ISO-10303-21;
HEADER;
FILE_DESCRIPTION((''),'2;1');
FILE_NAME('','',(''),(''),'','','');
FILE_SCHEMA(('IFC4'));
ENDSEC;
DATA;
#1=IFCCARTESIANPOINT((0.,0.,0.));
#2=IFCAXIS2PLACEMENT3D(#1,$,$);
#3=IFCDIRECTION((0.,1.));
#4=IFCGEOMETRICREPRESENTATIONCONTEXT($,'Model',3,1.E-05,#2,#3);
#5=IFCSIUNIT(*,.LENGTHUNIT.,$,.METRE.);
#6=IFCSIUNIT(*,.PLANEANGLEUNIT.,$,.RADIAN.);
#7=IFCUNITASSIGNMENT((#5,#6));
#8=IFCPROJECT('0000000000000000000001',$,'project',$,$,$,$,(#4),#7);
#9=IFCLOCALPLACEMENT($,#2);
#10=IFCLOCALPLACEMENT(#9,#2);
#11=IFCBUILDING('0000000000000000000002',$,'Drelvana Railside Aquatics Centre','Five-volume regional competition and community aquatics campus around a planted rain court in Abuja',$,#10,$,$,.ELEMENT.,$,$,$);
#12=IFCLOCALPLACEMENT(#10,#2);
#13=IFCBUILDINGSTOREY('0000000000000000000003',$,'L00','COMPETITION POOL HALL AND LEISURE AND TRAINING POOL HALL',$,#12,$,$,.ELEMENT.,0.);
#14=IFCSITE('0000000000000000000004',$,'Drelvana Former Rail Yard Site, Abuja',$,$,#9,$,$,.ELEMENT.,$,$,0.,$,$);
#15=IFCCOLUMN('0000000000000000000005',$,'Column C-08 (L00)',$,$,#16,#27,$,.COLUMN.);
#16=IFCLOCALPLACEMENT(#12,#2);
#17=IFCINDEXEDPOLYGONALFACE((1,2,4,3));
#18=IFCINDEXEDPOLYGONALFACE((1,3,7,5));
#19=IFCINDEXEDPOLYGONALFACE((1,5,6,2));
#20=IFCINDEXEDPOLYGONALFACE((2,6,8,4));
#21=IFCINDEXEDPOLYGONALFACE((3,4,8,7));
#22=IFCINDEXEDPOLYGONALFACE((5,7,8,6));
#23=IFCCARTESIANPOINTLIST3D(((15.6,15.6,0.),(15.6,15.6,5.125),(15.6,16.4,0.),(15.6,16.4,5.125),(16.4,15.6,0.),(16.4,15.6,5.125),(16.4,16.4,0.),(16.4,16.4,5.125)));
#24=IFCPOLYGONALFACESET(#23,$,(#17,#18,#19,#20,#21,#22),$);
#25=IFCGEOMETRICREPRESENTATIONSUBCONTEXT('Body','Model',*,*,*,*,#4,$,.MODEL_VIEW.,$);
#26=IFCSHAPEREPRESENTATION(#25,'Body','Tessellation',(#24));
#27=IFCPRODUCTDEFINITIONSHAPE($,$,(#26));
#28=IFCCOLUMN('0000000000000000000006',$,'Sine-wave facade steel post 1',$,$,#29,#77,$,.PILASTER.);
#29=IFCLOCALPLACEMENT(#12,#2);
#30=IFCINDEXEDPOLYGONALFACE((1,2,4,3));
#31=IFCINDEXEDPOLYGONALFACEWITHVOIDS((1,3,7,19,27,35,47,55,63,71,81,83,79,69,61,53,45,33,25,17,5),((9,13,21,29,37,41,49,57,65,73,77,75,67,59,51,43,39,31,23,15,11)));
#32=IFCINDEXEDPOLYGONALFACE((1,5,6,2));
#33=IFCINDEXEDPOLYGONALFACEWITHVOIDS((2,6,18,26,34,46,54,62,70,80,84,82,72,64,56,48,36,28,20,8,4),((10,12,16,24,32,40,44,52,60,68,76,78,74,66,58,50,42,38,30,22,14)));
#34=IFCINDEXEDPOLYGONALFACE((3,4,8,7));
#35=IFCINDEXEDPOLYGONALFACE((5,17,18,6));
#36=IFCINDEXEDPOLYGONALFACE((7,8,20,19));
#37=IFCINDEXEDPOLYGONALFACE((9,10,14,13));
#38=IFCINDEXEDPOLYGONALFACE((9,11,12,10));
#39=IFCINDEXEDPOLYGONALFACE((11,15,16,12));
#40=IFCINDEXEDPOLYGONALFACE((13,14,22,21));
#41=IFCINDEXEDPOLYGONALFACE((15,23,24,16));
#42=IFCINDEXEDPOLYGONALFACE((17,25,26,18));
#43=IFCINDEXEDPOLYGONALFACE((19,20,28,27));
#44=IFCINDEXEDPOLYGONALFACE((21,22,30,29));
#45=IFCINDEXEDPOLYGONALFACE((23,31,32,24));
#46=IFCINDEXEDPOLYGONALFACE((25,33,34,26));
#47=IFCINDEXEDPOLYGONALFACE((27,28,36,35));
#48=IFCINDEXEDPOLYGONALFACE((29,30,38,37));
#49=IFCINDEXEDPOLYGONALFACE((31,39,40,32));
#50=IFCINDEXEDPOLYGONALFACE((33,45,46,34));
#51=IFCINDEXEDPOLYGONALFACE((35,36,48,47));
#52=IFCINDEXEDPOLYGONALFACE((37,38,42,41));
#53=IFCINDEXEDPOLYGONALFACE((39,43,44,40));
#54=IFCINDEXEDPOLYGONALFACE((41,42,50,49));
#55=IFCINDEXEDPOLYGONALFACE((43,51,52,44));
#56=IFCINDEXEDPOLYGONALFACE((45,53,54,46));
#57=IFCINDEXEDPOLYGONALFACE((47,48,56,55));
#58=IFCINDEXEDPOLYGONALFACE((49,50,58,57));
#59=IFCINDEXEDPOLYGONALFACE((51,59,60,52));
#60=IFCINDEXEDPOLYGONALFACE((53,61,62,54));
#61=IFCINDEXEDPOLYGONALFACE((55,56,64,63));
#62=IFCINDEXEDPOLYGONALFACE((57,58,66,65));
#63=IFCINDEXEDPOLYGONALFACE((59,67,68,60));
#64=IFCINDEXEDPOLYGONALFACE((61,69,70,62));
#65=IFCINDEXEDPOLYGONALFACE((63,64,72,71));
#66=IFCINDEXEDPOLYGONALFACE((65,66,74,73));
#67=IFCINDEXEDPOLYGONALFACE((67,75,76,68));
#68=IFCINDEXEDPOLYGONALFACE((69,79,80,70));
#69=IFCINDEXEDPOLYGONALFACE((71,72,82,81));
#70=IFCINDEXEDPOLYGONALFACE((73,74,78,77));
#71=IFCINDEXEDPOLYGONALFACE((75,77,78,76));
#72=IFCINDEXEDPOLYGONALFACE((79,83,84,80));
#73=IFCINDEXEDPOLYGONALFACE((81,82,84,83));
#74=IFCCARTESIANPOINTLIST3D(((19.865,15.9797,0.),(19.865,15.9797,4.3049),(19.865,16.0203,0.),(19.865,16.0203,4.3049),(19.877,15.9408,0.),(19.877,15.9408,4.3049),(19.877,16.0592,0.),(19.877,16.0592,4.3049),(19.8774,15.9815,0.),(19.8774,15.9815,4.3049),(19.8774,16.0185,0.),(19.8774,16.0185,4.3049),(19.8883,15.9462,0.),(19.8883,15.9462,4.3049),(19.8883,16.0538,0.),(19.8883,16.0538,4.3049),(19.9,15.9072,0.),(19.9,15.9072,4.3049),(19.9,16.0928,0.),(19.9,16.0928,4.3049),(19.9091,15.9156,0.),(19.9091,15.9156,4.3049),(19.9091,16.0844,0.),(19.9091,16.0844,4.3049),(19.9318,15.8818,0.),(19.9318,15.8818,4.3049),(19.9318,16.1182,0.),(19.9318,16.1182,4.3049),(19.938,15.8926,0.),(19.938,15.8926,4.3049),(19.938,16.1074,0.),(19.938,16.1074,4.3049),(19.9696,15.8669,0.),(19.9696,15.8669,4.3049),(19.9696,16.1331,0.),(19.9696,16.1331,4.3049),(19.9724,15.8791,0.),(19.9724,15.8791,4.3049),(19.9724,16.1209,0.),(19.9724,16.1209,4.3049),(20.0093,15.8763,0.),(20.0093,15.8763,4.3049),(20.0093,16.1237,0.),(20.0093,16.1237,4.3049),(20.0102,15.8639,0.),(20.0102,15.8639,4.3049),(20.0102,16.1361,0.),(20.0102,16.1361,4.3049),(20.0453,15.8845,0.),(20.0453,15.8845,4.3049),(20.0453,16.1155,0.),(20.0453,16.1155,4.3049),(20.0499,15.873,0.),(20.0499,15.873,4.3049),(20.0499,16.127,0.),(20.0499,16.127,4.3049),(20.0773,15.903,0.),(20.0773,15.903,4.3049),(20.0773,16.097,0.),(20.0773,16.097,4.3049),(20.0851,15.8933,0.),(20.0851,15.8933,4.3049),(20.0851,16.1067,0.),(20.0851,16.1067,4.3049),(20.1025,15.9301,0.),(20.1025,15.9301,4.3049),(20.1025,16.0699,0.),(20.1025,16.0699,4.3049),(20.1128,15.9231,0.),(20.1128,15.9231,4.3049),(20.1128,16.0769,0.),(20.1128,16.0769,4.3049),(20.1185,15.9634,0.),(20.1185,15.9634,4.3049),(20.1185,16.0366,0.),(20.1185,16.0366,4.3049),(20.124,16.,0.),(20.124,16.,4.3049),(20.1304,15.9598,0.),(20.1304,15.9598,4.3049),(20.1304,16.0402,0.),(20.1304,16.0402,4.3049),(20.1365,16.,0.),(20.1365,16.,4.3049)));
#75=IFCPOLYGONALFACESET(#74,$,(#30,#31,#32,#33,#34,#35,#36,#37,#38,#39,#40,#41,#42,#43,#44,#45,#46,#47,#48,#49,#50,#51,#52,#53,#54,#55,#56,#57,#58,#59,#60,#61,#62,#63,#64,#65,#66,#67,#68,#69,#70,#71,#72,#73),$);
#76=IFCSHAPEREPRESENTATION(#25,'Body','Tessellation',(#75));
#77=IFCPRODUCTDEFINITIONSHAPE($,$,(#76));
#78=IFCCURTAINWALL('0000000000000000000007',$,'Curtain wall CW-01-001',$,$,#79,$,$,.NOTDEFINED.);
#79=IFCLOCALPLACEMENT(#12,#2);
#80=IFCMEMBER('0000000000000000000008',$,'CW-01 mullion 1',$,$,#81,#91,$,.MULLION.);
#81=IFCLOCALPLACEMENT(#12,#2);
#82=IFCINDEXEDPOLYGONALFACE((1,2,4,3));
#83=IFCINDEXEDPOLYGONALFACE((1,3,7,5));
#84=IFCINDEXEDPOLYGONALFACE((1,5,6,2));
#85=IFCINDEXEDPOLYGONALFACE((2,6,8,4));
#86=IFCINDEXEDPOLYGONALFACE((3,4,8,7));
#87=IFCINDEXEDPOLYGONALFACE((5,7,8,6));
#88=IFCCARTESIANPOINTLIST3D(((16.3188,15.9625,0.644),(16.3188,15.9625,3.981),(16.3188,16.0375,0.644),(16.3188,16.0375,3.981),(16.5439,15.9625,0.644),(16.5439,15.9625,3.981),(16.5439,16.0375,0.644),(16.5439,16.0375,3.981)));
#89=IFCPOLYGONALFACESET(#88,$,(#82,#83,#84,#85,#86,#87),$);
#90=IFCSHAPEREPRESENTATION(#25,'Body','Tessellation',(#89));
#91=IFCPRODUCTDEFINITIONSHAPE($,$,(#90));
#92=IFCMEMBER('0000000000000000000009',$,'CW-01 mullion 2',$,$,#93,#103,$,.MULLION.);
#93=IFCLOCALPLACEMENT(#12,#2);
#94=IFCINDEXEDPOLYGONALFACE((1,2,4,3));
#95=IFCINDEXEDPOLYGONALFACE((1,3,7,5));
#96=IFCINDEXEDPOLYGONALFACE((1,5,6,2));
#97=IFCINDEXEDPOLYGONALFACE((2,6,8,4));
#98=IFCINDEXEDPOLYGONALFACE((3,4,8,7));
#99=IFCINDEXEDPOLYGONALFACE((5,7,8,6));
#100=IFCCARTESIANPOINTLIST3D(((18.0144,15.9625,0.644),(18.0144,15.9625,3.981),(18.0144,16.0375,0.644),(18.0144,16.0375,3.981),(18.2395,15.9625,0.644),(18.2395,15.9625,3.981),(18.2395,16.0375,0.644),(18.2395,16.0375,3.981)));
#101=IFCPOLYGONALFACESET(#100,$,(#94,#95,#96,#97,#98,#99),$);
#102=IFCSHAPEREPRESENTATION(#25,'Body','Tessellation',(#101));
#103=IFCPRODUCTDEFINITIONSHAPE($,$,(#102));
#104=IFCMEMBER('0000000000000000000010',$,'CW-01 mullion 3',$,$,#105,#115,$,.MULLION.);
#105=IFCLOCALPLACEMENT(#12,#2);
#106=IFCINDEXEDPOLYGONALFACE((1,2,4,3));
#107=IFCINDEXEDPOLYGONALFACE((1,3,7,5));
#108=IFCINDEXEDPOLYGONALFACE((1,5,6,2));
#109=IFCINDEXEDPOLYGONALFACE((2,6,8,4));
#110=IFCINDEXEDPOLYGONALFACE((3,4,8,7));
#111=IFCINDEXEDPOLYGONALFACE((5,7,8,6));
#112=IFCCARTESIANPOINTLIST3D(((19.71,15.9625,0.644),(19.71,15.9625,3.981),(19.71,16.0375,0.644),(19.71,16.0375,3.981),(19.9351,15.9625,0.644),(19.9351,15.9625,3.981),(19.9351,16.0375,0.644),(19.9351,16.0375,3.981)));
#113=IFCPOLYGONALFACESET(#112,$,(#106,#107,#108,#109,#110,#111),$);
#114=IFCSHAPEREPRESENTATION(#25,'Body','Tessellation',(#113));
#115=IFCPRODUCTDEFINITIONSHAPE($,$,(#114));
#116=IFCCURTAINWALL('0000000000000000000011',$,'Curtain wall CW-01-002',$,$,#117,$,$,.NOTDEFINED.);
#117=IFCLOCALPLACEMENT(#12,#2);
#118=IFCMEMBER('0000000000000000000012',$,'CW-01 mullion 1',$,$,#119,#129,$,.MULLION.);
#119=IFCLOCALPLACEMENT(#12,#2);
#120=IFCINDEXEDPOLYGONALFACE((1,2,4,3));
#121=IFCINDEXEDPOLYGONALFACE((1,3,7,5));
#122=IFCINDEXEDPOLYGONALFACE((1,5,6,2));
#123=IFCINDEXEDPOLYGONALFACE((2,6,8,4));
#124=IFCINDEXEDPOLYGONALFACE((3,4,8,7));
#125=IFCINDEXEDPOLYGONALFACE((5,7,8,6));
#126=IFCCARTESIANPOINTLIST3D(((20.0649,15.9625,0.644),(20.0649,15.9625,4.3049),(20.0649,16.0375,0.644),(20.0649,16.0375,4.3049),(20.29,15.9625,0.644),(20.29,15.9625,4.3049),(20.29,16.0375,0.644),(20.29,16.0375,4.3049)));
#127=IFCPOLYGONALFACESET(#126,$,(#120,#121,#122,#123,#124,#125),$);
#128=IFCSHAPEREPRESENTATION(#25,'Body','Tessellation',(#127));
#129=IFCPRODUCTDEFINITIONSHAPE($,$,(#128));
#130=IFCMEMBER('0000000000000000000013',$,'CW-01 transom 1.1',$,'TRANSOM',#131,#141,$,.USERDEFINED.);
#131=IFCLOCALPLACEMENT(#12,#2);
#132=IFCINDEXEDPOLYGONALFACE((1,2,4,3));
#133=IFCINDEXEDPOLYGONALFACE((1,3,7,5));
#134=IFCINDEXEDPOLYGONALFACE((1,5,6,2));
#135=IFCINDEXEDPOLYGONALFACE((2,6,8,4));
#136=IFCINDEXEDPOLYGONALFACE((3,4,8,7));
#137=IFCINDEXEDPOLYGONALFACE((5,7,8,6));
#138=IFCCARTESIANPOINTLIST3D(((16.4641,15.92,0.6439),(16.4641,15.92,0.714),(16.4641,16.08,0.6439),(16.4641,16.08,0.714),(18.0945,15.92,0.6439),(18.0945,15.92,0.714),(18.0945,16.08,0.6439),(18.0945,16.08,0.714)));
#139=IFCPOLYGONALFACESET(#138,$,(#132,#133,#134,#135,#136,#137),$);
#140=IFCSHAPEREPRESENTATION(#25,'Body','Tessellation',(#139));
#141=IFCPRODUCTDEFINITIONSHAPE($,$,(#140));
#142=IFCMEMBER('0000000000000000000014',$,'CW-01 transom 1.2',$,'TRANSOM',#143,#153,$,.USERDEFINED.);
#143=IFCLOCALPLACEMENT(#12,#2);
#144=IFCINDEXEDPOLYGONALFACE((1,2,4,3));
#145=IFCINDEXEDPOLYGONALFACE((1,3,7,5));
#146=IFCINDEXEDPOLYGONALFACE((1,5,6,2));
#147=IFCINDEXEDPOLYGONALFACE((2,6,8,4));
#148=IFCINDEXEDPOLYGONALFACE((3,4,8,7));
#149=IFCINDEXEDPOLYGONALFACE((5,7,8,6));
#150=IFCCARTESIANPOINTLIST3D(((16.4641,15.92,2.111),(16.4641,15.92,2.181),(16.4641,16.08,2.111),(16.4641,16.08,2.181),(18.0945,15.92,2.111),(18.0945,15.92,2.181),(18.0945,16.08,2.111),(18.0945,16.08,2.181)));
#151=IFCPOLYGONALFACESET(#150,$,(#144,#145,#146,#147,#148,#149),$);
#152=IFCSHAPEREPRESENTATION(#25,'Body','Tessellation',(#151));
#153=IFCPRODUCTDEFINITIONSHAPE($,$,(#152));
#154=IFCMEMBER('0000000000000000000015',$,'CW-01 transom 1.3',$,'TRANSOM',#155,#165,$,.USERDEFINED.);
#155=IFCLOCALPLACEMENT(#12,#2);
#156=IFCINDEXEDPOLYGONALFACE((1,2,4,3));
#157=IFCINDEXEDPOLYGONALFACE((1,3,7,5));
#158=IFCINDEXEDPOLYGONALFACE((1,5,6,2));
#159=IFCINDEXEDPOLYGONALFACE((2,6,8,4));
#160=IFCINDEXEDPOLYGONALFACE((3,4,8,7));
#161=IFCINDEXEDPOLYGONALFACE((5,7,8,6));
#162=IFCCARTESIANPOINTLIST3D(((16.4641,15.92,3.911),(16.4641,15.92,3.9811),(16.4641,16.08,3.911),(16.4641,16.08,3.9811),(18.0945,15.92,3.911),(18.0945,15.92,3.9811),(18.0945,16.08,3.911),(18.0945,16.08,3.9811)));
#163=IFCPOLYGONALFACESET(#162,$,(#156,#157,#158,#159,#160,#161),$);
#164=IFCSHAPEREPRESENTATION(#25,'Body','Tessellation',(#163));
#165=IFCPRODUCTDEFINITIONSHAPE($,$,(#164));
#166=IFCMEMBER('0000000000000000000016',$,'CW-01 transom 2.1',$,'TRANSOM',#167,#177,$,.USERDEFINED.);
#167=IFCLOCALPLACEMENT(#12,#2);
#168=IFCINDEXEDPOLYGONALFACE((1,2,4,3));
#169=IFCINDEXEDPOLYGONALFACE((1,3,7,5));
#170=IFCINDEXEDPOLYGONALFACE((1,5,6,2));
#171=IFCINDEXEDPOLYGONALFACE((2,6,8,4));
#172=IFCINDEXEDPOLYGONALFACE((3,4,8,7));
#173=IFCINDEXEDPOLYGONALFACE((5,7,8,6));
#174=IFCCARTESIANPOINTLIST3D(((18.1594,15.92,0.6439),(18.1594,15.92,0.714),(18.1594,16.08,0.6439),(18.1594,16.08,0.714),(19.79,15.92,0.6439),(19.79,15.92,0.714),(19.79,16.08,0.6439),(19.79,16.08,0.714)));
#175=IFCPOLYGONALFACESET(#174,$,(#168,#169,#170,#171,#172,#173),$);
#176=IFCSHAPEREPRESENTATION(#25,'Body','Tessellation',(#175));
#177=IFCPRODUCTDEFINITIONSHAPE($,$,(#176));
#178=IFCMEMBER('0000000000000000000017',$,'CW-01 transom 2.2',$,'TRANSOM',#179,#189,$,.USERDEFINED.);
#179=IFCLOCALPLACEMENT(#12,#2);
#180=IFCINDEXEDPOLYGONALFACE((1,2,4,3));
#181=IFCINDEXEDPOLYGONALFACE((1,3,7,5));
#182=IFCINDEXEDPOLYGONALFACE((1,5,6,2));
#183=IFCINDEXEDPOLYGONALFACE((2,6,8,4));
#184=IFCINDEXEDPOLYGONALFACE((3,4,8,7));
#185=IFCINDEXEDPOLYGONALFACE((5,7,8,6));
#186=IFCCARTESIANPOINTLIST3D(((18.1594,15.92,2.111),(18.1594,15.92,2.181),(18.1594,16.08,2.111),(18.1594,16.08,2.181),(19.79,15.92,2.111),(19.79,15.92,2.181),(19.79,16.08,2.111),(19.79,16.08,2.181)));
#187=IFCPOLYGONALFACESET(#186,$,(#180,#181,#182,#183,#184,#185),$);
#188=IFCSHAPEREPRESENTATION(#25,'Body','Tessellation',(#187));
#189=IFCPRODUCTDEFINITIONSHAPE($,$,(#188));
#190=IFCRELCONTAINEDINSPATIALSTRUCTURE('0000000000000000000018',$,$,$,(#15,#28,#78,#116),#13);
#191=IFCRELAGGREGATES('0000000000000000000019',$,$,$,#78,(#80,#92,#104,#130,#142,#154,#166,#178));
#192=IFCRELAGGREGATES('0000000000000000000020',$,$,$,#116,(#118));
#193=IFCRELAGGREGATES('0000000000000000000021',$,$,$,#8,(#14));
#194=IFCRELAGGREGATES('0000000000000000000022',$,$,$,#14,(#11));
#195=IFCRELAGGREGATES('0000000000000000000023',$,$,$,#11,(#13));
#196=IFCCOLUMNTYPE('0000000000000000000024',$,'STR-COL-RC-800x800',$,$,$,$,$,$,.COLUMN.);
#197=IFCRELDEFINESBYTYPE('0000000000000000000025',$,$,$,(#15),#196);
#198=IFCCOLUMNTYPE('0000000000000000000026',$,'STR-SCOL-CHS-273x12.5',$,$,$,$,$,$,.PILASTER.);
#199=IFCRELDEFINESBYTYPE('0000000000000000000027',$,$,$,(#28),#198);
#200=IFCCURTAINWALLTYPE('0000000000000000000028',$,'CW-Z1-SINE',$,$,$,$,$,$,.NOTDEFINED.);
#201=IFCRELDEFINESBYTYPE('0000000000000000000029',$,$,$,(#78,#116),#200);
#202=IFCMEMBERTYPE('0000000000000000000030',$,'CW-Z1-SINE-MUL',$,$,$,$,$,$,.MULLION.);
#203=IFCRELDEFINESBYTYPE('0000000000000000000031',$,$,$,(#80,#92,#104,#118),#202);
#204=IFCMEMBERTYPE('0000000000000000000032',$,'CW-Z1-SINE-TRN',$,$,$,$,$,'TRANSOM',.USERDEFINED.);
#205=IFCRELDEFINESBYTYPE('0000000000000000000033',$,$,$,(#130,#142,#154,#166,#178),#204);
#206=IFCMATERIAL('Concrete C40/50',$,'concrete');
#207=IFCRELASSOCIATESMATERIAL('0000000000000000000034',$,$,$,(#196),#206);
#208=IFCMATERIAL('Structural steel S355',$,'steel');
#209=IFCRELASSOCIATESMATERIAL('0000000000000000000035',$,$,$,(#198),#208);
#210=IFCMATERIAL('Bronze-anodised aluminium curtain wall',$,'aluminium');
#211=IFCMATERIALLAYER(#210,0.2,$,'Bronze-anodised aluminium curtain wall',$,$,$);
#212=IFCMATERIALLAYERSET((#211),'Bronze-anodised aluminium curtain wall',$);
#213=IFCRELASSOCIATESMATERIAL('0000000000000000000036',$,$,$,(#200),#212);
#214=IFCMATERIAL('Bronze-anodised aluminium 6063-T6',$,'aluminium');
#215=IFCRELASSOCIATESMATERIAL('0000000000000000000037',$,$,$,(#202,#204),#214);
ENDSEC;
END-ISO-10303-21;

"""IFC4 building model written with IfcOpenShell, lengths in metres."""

from ifc_helpers import new_model, si_unit, direction, frame, origin, origin_2d, place, context, subcontext, project, spatial, rectangle, hollow_circle, extrude, material, layer, layer_set, material_profile, profile_set, type_object, element, aggregate, save


model = new_model("IFC4")

# Units and contexts
model_context = context("Model", 3, precision=1e-05, world=origin(), true_north=direction((0.0, 1.0)))
body_context = subcontext(model_context, "Body", "Model", "MODEL_VIEW")
ifc_project = project(units=[si_unit("LENGTHUNIT", "METRE"), si_unit("PLANEANGLEUNIT", "RADIAN")], contexts=[model_context])

# Site, building, storey
site_placement = place(None, origin())
site = spatial("IfcSite", under=ifc_project, at=site_placement, Name="Drelvana Former Rail Yard Site, Abuja", CompositionType="ELEMENT", RefElevation=0.0)
building_placement = place(site_placement, origin())
building = spatial("IfcBuilding", under=site, at=building_placement, Name="Drelvana Railside Aquatics Centre", Description="Five-volume regional competition and community aquatics campus around a planted rain court in Abuja", CompositionType="ELEMENT")
storey_placement = place(building_placement, origin())
storey = spatial("IfcBuildingStorey", under=building, at=storey_placement, Name="L00", Description="COMPETITION POOL HALL AND LEISURE AND TRAINING POOL HALL", CompositionType="ELEMENT", Elevation=0.0)

# Columns
ifc_material_1 = material(Name="Concrete C40/50", Category="concrete")
ifc_material_profile_1 = material_profile(ifc_material_1, rectangle(XDim=0.8, YDim=0.8, at=origin_2d()), Name="RC 800x800")
ifc_profile_set_1 = profile_set([ifc_material_profile_1], Name="Concrete C40/50")
column_type_1 = type_object("IfcColumnType", Name="STR-COL-RC-800x800", PredefinedType="COLUMN", material=ifc_profile_set_1)
column_1_placement = place(storey_placement, frame((16.0, 16.0, 0.0), z_axis=(0.0, 0.0, 1.0), x_axis=(1.0, 0.0, 0.0)))
element("IfcColumn", 1, at=column_1_placement, inside=storey, type_object=column_type_1, Name="Column C-08 (L00)", PredefinedType="COLUMN", context=body_context, shape_type="SweptSolid", body=[
    extrude(rectangle(XDim=0.8, YDim=0.8, at=origin_2d()), origin(), (0.0, 0.0, 1.0), 5.125),
])
ifc_material_2 = material(Name="Structural steel S355", Category="steel")
ifc_material_profile_2 = material_profile(ifc_material_2, hollow_circle(Radius=0.1365, WallThickness=0.0125, at=origin_2d()), Name="CHS 273x12.5")
ifc_profile_set_2 = profile_set([ifc_material_profile_2], Name="Structural steel S355")
column_type_2 = type_object("IfcColumnType", Name="STR-SCOL-CHS-273x12.5", PredefinedType="PILASTER", material=ifc_profile_set_2)
column_2_placement = place(storey_placement, frame((20.0, 16.0, 0.0), z_axis=(0.0, 0.0, 1.0), x_axis=(1.0, 0.0, 0.0)))
element("IfcColumn", 2, at=column_2_placement, inside=storey, type_object=column_type_2, Name="Sine-wave facade steel post 1", PredefinedType="PILASTER", context=body_context, shape_type="SweptSolid", body=[
    extrude(hollow_circle(Radius=0.1365, WallThickness=0.0125, at=origin_2d()), origin(), (0.0, 0.0, 1.0), 4.3049),
])

# Curtain wall, members
ifc_material_3 = material(Name="Bronze-anodised aluminium curtain wall", Category="aluminium")
ifc_layer_1 = layer(ifc_material_3, 0.2, Name="Bronze-anodised aluminium curtain wall")
ifc_layer_set_1 = layer_set([ifc_layer_1], Name="Bronze-anodised aluminium curtain wall")
curtain_wall_type = type_object("IfcCurtainWallType", Name="CW-Z1-SINE", PredefinedType="NOTDEFINED", material=ifc_layer_set_1)
curtain_wall_1_placement = place(storey_placement, origin())
curtain_wall_1 = element("IfcCurtainWall", 3, at=curtain_wall_1_placement, inside=storey, type_object=curtain_wall_type, Name="Curtain wall CW-01-001", PredefinedType="NOTDEFINED")
ifc_material_4 = material(Name="Bronze-anodised aluminium 6063-T6", Category="aluminium")
ifc_material_profile_3 = material_profile(ifc_material_4, rectangle(XDim=0.075, YDim=0.2251, at=origin_2d()), Name="ALU-M 75x225")
ifc_profile_set_3 = profile_set([ifc_material_profile_3], Name="Bronze-anodised aluminium 6063-T6")
member_type_1 = type_object("IfcMemberType", Name="CW-Z1-SINE-MUL", PredefinedType="MULLION", material=ifc_profile_set_3)
member_1_placement = place(storey_placement, frame((16.4314, 16.0, 0.644), z_axis=(0.0, 0.0, 1.0), x_axis=(0.0, 1.0, 0.0)))
member_1 = element("IfcMember", 4, at=member_1_placement, type_object=member_type_1, Name="CW-01 mullion 1", PredefinedType="MULLION", context=body_context, shape_type="SweptSolid", body=[
    extrude(rectangle(XDim=0.075, YDim=0.2251, at=origin_2d()), origin(), (0.0, 0.0, 1.0), 3.3369),
])
member_2_placement = place(storey_placement, frame((18.127, 16.0, 0.644), z_axis=(0.0, 0.0, 1.0), x_axis=(0.0, 1.0, 0.0)))
member_2 = element("IfcMember", 5, at=member_2_placement, type_object=member_type_1, Name="CW-01 mullion 2", PredefinedType="MULLION", context=body_context, shape_type="SweptSolid", body=[
    extrude(rectangle(XDim=0.075, YDim=0.2251, at=origin_2d()), origin(), (0.0, 0.0, 1.0), 3.3369),
])
member_3_placement = place(storey_placement, frame((19.8225, 16.0, 0.644), z_axis=(0.0, 0.0, 1.0), x_axis=(0.0, 1.0, 0.0)))
member_3 = element("IfcMember", 6, at=member_3_placement, type_object=member_type_1, Name="CW-01 mullion 3", PredefinedType="MULLION", context=body_context, shape_type="SweptSolid", body=[
    extrude(rectangle(XDim=0.075, YDim=0.2251, at=origin_2d()), origin(), (0.0, 0.0, 1.0), 3.3369),
])

# Curtain wall, member
curtain_wall_2_placement = place(storey_placement, origin())
curtain_wall_2 = element("IfcCurtainWall", 7, at=curtain_wall_2_placement, inside=storey, type_object=curtain_wall_type, Name="Curtain wall CW-01-002", PredefinedType="NOTDEFINED")
member_4_placement = place(storey_placement, frame((20.1775, 16.0, 0.644), z_axis=(0.0, 0.0, 1.0), x_axis=(0.0, 1.0, 0.0)))
member_4 = element("IfcMember", 8, at=member_4_placement, type_object=member_type_1, Name="CW-01 mullion 1", PredefinedType="MULLION", context=body_context, shape_type="SweptSolid", body=[
    extrude(rectangle(XDim=0.075, YDim=0.2251, at=origin_2d()), origin(), (0.0, 0.0, 1.0), 3.6609),
])

# Members
ifc_material_profile_4 = material_profile(ifc_material_4, rectangle(XDim=0.1599, YDim=0.0701, at=origin_2d()), Name="ALU-T 70x160")
ifc_profile_set_4 = profile_set([ifc_material_profile_4], Name="Bronze-anodised aluminium 6063-T6")
member_type_2 = type_object("IfcMemberType", Name="CW-Z1-SINE-TRN", ElementType="TRANSOM", PredefinedType="USERDEFINED", material=ifc_profile_set_4)
member_5_placement = place(storey_placement, frame((16.4641, 16.0, 0.679), z_axis=(1.0, 0.0, 0.0), x_axis=(0.0, 1.0, 0.0)))
member_5 = element("IfcMember", 9, at=member_5_placement, type_object=member_type_2, Name="CW-01 transom 1.1", ObjectType="TRANSOM", PredefinedType="USERDEFINED", context=body_context, shape_type="SweptSolid", body=[
    extrude(rectangle(XDim=0.1599, YDim=0.0701, at=origin_2d()), origin(), (0.0, 0.0, 1.0), 1.6304),
])
member_6_placement = place(storey_placement, frame((16.4641, 16.0, 2.146), z_axis=(1.0, 0.0, 0.0), x_axis=(0.0, 1.0, 0.0)))
member_6 = element("IfcMember", 10, at=member_6_placement, type_object=member_type_2, Name="CW-01 transom 1.2", ObjectType="TRANSOM", PredefinedType="USERDEFINED", context=body_context, shape_type="SweptSolid", body=[
    extrude(rectangle(XDim=0.1599, YDim=0.0701, at=origin_2d()), origin(), (0.0, 0.0, 1.0), 1.6304),
])
member_7_placement = place(storey_placement, frame((16.4641, 16.0, 3.946), z_axis=(1.0, 0.0, 0.0), x_axis=(0.0, 1.0, 0.0)))
member_7 = element("IfcMember", 11, at=member_7_placement, type_object=member_type_2, Name="CW-01 transom 1.3", ObjectType="TRANSOM", PredefinedType="USERDEFINED", context=body_context, shape_type="SweptSolid", body=[
    extrude(rectangle(XDim=0.1599, YDim=0.0701, at=origin_2d()), origin(), (0.0, 0.0, 1.0), 1.6304),
])
member_8_placement = place(storey_placement, frame((18.1594, 16.0, 0.679), z_axis=(1.0, 0.0, 0.0), x_axis=(0.0, 1.0, 0.0)))
member_8 = element("IfcMember", 12, at=member_8_placement, type_object=member_type_2, Name="CW-01 transom 2.1", ObjectType="TRANSOM", PredefinedType="USERDEFINED", context=body_context, shape_type="SweptSolid", body=[
    extrude(rectangle(XDim=0.1599, YDim=0.0701, at=origin_2d()), origin(), (0.0, 0.0, 1.0), 1.6306),
])
member_9_placement = place(storey_placement, frame((18.1594, 16.0, 2.146), z_axis=(1.0, 0.0, 0.0), x_axis=(0.0, 1.0, 0.0)))
member_9 = element("IfcMember", 13, at=member_9_placement, type_object=member_type_2, Name="CW-01 transom 2.2", ObjectType="TRANSOM", PredefinedType="USERDEFINED", context=body_context, shape_type="SweptSolid", body=[
    extrude(rectangle(XDim=0.1599, YDim=0.0701, at=origin_2d()), origin(), (0.0, 0.0, 1.0), 1.6306),
])

aggregate(curtain_wall_1, [member_1, member_2, member_3, member_5, member_6, member_7, member_8, member_9])
aggregate(curtain_wall_2, [member_4])

save(model, "model.ifc")
